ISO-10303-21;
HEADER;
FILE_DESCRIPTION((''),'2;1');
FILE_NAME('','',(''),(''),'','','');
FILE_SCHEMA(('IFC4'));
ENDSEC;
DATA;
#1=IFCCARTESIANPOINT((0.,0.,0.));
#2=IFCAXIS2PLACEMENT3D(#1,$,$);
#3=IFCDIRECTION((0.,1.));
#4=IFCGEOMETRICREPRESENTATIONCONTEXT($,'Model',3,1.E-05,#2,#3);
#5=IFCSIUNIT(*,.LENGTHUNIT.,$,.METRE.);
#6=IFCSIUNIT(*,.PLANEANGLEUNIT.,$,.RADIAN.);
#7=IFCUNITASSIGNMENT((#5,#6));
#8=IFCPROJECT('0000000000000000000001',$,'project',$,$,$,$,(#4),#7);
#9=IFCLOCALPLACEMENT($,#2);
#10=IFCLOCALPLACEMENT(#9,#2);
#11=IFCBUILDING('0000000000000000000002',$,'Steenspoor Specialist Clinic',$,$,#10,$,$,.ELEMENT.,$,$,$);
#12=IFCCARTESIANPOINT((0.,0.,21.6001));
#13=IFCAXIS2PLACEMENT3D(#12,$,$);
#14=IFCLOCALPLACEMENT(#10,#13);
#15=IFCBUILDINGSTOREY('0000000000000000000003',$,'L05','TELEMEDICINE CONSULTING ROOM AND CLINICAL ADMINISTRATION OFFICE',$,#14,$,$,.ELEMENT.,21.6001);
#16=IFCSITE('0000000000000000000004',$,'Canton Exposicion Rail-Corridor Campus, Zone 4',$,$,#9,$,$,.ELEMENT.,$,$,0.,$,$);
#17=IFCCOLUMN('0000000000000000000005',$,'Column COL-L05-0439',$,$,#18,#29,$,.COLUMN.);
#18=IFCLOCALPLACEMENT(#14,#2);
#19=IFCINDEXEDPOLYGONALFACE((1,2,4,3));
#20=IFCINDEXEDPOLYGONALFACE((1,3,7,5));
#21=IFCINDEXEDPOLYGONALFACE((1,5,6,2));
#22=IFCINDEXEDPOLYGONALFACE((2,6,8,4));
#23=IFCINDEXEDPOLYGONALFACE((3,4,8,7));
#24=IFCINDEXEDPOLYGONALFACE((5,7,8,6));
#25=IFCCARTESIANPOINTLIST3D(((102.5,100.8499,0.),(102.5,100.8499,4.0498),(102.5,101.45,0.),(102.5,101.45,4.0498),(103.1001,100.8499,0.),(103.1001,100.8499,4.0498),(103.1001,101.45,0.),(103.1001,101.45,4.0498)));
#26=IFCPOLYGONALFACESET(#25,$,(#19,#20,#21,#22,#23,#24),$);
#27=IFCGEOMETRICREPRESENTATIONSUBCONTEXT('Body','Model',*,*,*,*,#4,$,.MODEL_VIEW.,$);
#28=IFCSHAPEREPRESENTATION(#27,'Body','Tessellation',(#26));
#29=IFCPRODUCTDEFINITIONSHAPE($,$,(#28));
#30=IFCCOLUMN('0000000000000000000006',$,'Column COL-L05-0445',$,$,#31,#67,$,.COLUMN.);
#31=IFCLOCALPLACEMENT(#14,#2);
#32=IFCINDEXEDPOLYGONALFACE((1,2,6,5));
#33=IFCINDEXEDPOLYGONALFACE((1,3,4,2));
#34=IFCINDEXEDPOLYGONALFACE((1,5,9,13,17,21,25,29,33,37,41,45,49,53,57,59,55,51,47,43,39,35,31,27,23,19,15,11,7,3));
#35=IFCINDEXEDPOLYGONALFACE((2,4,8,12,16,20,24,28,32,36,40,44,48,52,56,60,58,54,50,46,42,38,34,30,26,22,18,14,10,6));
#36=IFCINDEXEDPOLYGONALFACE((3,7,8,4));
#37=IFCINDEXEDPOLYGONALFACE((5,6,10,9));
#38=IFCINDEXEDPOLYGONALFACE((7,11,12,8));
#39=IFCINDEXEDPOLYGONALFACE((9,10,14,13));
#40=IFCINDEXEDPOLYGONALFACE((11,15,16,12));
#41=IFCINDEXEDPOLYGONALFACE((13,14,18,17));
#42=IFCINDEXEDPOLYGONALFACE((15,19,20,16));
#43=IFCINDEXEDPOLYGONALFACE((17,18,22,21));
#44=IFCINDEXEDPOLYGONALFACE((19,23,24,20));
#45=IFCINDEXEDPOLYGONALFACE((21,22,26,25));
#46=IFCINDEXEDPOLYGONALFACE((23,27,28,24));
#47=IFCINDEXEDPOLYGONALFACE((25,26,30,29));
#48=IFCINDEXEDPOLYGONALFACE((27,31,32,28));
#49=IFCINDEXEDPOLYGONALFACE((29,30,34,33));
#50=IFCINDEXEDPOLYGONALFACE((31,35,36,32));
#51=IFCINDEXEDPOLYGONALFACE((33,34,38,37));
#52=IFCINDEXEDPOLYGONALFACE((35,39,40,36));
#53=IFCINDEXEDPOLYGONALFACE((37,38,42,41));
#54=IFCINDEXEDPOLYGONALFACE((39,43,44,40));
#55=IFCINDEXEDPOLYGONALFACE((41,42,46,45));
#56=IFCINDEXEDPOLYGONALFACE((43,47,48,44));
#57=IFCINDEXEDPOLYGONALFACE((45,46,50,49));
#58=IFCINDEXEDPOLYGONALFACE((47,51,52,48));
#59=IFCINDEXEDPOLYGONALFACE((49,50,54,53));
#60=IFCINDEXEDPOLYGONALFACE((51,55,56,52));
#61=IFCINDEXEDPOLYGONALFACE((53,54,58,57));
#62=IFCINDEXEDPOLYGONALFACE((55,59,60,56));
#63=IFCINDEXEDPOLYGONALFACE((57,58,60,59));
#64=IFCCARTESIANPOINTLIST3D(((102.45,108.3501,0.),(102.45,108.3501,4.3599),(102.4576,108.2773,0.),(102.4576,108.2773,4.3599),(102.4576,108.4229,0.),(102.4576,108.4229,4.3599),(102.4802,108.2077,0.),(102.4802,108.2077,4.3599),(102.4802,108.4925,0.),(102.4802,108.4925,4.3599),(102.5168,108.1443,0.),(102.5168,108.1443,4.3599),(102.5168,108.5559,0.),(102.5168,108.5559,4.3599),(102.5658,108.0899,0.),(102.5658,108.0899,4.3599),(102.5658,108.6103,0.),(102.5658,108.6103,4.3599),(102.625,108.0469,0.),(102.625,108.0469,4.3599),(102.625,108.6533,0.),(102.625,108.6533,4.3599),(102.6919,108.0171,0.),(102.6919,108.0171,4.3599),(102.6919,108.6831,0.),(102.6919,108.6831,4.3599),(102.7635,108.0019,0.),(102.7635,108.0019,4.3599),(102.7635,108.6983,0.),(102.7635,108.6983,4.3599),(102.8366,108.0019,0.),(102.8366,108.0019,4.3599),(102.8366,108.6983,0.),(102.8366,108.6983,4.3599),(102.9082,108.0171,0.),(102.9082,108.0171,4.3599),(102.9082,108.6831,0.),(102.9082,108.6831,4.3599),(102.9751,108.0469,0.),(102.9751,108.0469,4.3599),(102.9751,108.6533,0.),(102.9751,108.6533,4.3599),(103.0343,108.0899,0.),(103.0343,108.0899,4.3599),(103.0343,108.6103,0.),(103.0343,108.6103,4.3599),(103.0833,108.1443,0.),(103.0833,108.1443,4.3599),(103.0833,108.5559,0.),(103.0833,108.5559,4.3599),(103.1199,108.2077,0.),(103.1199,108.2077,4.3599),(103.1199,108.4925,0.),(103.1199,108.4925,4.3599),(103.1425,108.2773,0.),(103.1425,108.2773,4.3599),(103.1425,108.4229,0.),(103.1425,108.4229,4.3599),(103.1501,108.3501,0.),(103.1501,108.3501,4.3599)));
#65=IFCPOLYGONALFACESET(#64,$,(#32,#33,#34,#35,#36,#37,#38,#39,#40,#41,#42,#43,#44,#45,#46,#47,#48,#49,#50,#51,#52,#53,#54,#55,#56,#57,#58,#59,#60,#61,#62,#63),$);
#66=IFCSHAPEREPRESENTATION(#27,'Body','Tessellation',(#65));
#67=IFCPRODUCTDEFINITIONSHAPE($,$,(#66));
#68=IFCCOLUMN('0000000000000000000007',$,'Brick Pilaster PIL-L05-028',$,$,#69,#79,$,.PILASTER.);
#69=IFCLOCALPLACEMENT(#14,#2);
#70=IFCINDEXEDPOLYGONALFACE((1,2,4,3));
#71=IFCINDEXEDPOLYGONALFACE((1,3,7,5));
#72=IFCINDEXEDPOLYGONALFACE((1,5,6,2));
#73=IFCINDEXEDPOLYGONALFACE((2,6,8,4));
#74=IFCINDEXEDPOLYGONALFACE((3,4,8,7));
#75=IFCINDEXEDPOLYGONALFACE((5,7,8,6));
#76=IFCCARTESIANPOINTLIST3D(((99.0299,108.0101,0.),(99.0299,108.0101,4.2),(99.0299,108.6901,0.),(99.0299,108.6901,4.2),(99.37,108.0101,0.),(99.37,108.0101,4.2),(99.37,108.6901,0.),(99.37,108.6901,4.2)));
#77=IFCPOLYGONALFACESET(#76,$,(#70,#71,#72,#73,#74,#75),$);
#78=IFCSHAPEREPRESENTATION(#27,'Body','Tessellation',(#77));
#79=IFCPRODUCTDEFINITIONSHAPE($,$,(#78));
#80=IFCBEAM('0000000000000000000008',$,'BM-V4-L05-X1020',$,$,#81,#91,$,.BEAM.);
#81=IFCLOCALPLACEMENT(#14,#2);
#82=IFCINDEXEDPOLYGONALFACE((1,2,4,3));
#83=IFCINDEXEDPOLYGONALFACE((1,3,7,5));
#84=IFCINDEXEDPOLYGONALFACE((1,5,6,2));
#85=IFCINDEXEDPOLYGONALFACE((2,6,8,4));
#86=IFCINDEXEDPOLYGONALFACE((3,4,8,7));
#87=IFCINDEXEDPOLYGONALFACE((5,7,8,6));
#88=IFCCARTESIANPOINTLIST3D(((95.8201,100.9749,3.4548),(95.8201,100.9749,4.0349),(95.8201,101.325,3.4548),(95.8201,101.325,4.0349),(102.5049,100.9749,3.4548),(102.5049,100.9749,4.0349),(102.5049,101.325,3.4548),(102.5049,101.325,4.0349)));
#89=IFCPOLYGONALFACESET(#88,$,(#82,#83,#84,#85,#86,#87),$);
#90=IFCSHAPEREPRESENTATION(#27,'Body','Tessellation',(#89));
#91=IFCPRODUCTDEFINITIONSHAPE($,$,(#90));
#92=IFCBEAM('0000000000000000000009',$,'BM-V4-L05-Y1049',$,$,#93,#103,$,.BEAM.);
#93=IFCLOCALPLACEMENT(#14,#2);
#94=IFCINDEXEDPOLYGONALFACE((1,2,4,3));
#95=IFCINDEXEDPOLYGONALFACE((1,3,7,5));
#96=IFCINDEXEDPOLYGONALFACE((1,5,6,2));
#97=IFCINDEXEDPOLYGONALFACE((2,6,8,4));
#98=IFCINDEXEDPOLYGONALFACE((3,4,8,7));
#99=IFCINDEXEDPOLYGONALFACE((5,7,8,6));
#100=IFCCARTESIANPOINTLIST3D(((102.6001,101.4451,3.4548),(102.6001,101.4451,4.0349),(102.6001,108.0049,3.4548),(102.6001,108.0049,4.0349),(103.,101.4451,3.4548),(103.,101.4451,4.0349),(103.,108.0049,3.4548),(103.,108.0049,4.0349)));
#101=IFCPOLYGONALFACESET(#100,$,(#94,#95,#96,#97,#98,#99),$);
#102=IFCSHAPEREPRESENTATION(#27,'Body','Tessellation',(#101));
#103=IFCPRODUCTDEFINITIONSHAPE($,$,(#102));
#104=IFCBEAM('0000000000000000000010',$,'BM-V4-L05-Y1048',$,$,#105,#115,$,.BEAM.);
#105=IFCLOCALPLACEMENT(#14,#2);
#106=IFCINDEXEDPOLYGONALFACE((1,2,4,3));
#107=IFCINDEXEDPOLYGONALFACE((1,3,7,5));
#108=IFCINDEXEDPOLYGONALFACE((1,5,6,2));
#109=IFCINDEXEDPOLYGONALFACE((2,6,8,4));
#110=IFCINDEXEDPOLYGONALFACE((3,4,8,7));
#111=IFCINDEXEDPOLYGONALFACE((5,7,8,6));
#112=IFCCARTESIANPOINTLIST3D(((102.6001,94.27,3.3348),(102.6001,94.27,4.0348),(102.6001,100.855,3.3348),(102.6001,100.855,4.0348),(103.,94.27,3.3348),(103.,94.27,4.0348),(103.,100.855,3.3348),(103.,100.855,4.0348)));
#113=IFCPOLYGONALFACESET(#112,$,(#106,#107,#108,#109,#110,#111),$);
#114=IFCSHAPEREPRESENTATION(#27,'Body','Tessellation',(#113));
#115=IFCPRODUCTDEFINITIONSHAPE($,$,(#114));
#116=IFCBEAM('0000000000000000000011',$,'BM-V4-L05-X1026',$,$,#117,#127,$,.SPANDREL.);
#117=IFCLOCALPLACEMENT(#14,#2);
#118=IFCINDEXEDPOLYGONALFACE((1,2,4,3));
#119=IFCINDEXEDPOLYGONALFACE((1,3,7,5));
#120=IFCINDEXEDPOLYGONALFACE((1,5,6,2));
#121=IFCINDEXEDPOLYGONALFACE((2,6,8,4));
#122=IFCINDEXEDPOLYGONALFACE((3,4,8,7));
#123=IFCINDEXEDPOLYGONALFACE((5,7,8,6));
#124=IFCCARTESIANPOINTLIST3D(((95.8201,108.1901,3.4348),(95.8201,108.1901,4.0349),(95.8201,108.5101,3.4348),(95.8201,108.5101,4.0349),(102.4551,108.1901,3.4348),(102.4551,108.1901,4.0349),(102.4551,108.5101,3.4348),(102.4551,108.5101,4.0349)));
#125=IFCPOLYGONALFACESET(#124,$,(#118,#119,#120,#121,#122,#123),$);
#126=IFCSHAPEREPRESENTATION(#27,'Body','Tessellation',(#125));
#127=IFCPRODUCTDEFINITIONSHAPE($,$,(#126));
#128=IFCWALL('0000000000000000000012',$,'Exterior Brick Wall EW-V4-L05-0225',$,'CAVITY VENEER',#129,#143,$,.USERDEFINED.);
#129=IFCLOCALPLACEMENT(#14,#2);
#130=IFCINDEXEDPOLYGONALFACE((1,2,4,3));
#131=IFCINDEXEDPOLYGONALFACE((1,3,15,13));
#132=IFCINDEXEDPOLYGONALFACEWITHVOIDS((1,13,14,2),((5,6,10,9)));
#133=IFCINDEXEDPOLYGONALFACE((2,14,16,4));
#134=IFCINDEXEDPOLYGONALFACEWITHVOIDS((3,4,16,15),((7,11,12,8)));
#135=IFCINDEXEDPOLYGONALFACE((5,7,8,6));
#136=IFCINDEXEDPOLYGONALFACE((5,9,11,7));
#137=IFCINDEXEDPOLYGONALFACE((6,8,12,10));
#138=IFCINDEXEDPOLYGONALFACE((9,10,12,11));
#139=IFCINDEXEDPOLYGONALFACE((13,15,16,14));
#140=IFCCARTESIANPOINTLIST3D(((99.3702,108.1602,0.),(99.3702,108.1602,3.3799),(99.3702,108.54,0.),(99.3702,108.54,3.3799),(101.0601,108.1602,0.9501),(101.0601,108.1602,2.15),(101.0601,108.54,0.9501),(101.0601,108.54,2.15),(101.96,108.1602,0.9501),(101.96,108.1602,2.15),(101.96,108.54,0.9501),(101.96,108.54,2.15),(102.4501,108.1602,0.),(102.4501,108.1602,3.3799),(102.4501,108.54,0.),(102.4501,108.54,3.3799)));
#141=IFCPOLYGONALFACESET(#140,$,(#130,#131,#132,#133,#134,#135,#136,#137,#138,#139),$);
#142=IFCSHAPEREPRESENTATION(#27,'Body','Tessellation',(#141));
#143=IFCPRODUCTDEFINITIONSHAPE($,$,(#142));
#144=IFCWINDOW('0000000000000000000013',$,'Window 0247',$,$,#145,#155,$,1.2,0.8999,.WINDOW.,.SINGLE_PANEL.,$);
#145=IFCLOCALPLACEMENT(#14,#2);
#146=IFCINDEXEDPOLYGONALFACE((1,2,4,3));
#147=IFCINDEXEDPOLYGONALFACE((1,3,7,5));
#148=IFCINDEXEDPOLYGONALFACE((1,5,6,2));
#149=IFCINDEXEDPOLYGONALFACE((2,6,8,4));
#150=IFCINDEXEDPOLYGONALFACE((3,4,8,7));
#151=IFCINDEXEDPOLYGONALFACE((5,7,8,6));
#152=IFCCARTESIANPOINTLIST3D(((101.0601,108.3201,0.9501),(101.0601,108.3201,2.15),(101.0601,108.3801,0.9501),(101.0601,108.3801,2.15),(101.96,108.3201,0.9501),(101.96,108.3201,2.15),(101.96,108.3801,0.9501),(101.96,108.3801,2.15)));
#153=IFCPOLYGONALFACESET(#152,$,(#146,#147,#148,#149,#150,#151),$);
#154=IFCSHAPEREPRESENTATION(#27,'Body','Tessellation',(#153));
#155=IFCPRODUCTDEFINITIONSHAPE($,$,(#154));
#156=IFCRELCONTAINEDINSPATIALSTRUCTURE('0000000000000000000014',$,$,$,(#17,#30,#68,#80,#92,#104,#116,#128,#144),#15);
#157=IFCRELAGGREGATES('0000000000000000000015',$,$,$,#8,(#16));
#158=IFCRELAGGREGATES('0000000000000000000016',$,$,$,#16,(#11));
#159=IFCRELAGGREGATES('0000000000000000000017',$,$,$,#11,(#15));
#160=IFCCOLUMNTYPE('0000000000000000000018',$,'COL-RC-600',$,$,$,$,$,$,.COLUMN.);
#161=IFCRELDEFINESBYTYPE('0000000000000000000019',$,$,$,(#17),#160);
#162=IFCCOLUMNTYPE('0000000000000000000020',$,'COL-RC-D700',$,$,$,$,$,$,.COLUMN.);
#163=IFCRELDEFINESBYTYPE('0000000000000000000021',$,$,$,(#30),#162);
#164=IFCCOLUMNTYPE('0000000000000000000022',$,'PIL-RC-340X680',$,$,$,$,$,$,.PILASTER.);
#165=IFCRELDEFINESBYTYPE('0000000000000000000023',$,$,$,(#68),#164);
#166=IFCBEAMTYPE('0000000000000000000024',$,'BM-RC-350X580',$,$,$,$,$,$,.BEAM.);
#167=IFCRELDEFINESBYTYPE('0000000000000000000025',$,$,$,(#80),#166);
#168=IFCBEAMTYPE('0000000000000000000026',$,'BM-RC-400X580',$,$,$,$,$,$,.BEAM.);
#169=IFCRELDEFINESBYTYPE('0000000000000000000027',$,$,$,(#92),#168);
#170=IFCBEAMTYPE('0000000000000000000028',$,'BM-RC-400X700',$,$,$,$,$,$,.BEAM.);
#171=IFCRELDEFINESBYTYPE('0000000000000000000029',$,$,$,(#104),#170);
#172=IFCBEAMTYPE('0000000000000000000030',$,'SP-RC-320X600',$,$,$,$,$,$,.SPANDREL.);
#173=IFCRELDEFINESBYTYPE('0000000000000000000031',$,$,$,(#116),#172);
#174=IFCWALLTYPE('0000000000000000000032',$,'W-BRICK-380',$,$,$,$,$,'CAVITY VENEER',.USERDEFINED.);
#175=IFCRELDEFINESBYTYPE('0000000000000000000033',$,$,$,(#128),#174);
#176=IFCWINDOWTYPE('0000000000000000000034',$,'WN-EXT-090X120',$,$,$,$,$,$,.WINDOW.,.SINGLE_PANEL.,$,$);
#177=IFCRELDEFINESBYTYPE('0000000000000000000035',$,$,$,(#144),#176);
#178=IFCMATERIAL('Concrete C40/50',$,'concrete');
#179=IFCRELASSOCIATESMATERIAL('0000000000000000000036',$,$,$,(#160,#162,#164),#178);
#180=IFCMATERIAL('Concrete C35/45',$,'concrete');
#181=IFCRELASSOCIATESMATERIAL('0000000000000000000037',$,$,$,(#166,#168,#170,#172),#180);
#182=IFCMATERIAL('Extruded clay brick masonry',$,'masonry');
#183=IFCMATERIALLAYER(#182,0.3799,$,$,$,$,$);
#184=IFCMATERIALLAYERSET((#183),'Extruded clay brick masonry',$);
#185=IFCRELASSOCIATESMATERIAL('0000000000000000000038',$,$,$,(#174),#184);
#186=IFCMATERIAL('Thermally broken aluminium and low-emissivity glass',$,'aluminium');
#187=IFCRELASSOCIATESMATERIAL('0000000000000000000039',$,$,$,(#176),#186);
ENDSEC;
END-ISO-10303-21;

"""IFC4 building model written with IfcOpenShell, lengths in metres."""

from ifc_helpers import new_model, si_unit, direction, frame, frame_2d, origin, origin_2d, place, context, subcontext, project, spatial, rectangle, circle, extrude, material, layer, layer_set, material_profile, profile_set, type_object, element, fill, save


model = new_model("IFC4")

# Units and contexts
model_context = context("Model", 3, precision=1e-05, world=origin(), true_north=direction((0.0, 1.0)))
body_context = subcontext(model_context, "Body", "Model", "MODEL_VIEW")
ifc_project = project(units=[si_unit("LENGTHUNIT", "METRE"), si_unit("PLANEANGLEUNIT", "RADIAN")], contexts=[model_context])

# Site, building, storey
site_placement = place(None, origin())
site = spatial("IfcSite", under=ifc_project, at=site_placement, Name="Canton Exposicion Rail-Corridor Campus, Zone 4", CompositionType="ELEMENT", RefElevation=0.0)
building_placement = place(site_placement, origin())
building = spatial("IfcBuilding", under=site, at=building_placement, Name="Steenspoor Specialist Clinic", CompositionType="ELEMENT")
storey_placement = place(building_placement, frame((0.0, 0.0, 21.6001)))
storey = spatial("IfcBuildingStorey", under=building, at=storey_placement, Name="L05", Description="TELEMEDICINE CONSULTING ROOM AND CLINICAL ADMINISTRATION OFFICE", CompositionType="ELEMENT", Elevation=21.6001)

# Columns
ifc_material_1 = material(Name="Concrete C40/50", Category="concrete")
ifc_material_profile_1 = material_profile(ifc_material_1, rectangle(XDim=0.6001, YDim=0.6001, at=origin_2d()), Name="RC-COL-600X600")
ifc_profile_set_1 = profile_set([ifc_material_profile_1], Name="Concrete C40/50")
column_type_1 = type_object("IfcColumnType", Name="COL-RC-600", PredefinedType="COLUMN", material=ifc_profile_set_1)
column_1_placement = place(storey_placement, frame((102.8, 101.1499, 0.0), z_axis=(0.0, 0.0, 1.0), x_axis=(1.0, 0.0, 0.0)))
element("IfcColumn", 1, at=column_1_placement, inside=storey, type_object=column_type_1, Name="Column COL-L05-0439", PredefinedType="COLUMN", context=body_context, shape_type="SweptSolid", body=[
    extrude(rectangle(XDim=0.6001, YDim=0.6001, at=origin_2d()), origin(), (0.0, 0.0, 1.0), 4.0498),
])
ifc_material_profile_2 = material_profile(ifc_material_1, circle(Radius=0.3501, at=origin_2d()), Name="RC-COL-D700")
ifc_profile_set_2 = profile_set([ifc_material_profile_2], Name="Concrete C40/50")
column_type_2 = type_object("IfcColumnType", Name="COL-RC-D700", PredefinedType="COLUMN", material=ifc_profile_set_2)
column_2_placement = place(storey_placement, frame((102.8, 108.3501, 0.0), z_axis=(0.0, 0.0, 1.0), x_axis=(1.0, 0.0, 0.0)))
element("IfcColumn", 2, at=column_2_placement, inside=storey, type_object=column_type_2, Name="Column COL-L05-0445", PredefinedType="COLUMN", context=body_context, shape_type="SweptSolid", body=[
    extrude(circle(Radius=0.3501, at=origin_2d()), origin(), (0.0, 0.0, 1.0), 4.3599),
])
ifc_material_profile_3 = material_profile(ifc_material_1, rectangle(XDim=0.3401, YDim=0.6799, at=origin_2d()), Name="RC-PIL-340X680")
ifc_profile_set_3 = profile_set([ifc_material_profile_3], Name="Concrete C40/50")
column_type_3 = type_object("IfcColumnType", Name="PIL-RC-340X680", PredefinedType="PILASTER", material=ifc_profile_set_3)
column_3_placement = place(storey_placement, frame((99.2, 108.3501, 0.0), z_axis=(0.0, 0.0, 1.0), x_axis=(1.0, 0.0, 0.0)))
element("IfcColumn", 3, at=column_3_placement, inside=storey, type_object=column_type_3, Name="Brick Pilaster PIL-L05-028", PredefinedType="PILASTER", context=body_context, shape_type="SweptSolid", body=[
    extrude(rectangle(XDim=0.3401, YDim=0.6799, at=origin_2d()), origin(), (0.0, 0.0, 1.0), 4.2),
])

# Beams
ifc_material_2 = material(Name="Concrete C35/45", Category="concrete")
ifc_material_profile_4 = material_profile(ifc_material_2, rectangle(XDim=0.3501, YDim=0.5801, at=origin_2d()), Name="RC-BM-350X580")
ifc_profile_set_4 = profile_set([ifc_material_profile_4], Name="Concrete C35/45")
beam_type_1 = type_object("IfcBeamType", Name="BM-RC-350X580", PredefinedType="BEAM", material=ifc_profile_set_4)
beam_1_placement = place(storey_placement, frame((95.8201, 101.1499, 3.7449), z_axis=(1.0, 0.0, 0.0), x_axis=(0.0, 1.0, 0.0)))
element("IfcBeam", 4, at=beam_1_placement, inside=storey, type_object=beam_type_1, Name="BM-V4-L05-X1020", PredefinedType="BEAM", context=body_context, shape_type="SweptSolid", body=[
    extrude(rectangle(XDim=0.3501, YDim=0.5801, at=origin_2d()), origin(), (0.0, 0.0, 1.0), 6.6848),
])
ifc_material_profile_5 = material_profile(ifc_material_2, rectangle(XDim=0.3999, YDim=0.5801, at=origin_2d()), Name="RC-BM-400X580")
ifc_profile_set_5 = profile_set([ifc_material_profile_5], Name="Concrete C35/45")
beam_type_2 = type_object("IfcBeamType", Name="BM-RC-400X580", PredefinedType="BEAM", material=ifc_profile_set_5)
beam_2_placement = place(storey_placement, frame((102.8, 101.4451, 3.7449), z_axis=(0.0, 1.0, 0.0), x_axis=(-1.0, 0.0, 0.0)))
element("IfcBeam", 5, at=beam_2_placement, inside=storey, type_object=beam_type_2, Name="BM-V4-L05-Y1049", PredefinedType="BEAM", context=body_context, shape_type="SweptSolid", body=[
    extrude(rectangle(XDim=0.3999, YDim=0.5801, at=origin_2d()), origin(), (0.0, 0.0, 1.0), 6.5598),
])
ifc_material_profile_6 = material_profile(ifc_material_2, rectangle(XDim=0.3999, YDim=0.7, at=origin_2d()), Name="RC-BM-400X700")
ifc_profile_set_6 = profile_set([ifc_material_profile_6], Name="Concrete C35/45")
beam_type_3 = type_object("IfcBeamType", Name="BM-RC-400X700", PredefinedType="BEAM", material=ifc_profile_set_6)
beam_3_placement = place(storey_placement, frame((102.8, 94.27, 3.6848), z_axis=(0.0, 1.0, 0.0), x_axis=(-1.0, 0.0, 0.0)))
element("IfcBeam", 6, at=beam_3_placement, inside=storey, type_object=beam_type_3, Name="BM-V4-L05-Y1048", PredefinedType="BEAM", context=body_context, shape_type="SweptSolid", body=[
    extrude(rectangle(XDim=0.3999, YDim=0.7, at=origin_2d()), origin(), (0.0, 0.0, 1.0), 6.585),
])
ifc_material_profile_7 = material_profile(ifc_material_2, rectangle(XDim=0.3201, YDim=0.6001, at=origin_2d()), Name="RC-SP-320X600")
ifc_profile_set_7 = profile_set([ifc_material_profile_7], Name="Concrete C35/45")
beam_type_4 = type_object("IfcBeamType", Name="SP-RC-320X600", PredefinedType="SPANDREL", material=ifc_profile_set_7)
beam_4_placement = place(storey_placement, frame((95.8201, 108.3501, 3.7349), z_axis=(1.0, 0.0, 0.0), x_axis=(0.0, 1.0, 0.0)))
element("IfcBeam", 7, at=beam_4_placement, inside=storey, type_object=beam_type_4, Name="BM-V4-L05-X1026", PredefinedType="SPANDREL", context=body_context, shape_type="SweptSolid", body=[
    extrude(rectangle(XDim=0.3201, YDim=0.6001, at=origin_2d()), origin(), (0.0, 0.0, 1.0), 6.635),
])

# Wall, opening, window
ifc_material_3 = material(Name="Extruded clay brick masonry", Category="masonry")
ifc_layer_1 = layer(ifc_material_3, 0.3799)
ifc_layer_set_1 = layer_set([ifc_layer_1], Name="Extruded clay brick masonry")
wall_type_1 = type_object("IfcWallType", Name="W-BRICK-380", ElementType="CAVITY VENEER", PredefinedType="USERDEFINED", material=ifc_layer_set_1)
wall_1_placement = place(storey_placement, frame((99.3701, 108.3501, 0.0), z_axis=(0.0, 0.0, 1.0), x_axis=(1.0, 0.0, 0.0)))
wall_1 = element("IfcWall", 8, at=wall_1_placement, inside=storey, type_object=wall_type_1, Name="Exterior Brick Wall EW-V4-L05-0225", ObjectType="CAVITY VENEER", PredefinedType="USERDEFINED", context=body_context, shape_type="SweptSolid", body=[
    extrude(rectangle(XDim=3.0798, YDim=0.3799, at=frame_2d((1.54, 0.0))), origin(), (0.0, 0.0, 1.0), 3.3799),
])
opening_1_placement = place(wall_1_placement, frame((1.6899, 0.0, 0.95)))
opening_1 = element("IfcOpeningElement", 9, at=opening_1_placement, cuts=wall_1, PredefinedType="OPENING", context=body_context, shape_type="SweptSolid", body=[
    extrude(rectangle(XDim=0.8999, YDim=1.2, at=frame_2d((0.45, 0.6001))), frame((0.0, 0.2, 0.0), z_axis=(0.0, -1.0, 0.0), x_axis=(1.0, 0.0, 0.0)), (0.0, 0.0, 1.0), 0.3999),
])
ifc_material_4 = material(Name="Thermally broken aluminium and low-emissivity glass", Category="aluminium")
window_type_1 = type_object("IfcWindowType", Name="WN-EXT-090X120", PartitioningType="SINGLE_PANEL", PredefinedType="WINDOW", material=ifc_material_4)
window_1_placement = place(opening_1_placement, origin())
window_1 = element("IfcWindow", 10, at=window_1_placement, inside=storey, type_object=window_type_1, Name="Window 0247", OverallHeight=1.2, OverallWidth=0.8999, PartitioningType="SINGLE_PANEL", PredefinedType="WINDOW", context=body_context, shape_type="SweptSolid", body=[
    extrude(rectangle(XDim=0.8999, YDim=1.2, at=frame_2d((0.45, 0.6001))), frame((0.0, 0.03, 0.0), z_axis=(0.0, -1.0, 0.0), x_axis=(1.0, 0.0, 0.0)), (0.0, 0.0, 1.0), 0.0601),
])
fill(opening_1, window_1)

save(model, "model.ifc")
